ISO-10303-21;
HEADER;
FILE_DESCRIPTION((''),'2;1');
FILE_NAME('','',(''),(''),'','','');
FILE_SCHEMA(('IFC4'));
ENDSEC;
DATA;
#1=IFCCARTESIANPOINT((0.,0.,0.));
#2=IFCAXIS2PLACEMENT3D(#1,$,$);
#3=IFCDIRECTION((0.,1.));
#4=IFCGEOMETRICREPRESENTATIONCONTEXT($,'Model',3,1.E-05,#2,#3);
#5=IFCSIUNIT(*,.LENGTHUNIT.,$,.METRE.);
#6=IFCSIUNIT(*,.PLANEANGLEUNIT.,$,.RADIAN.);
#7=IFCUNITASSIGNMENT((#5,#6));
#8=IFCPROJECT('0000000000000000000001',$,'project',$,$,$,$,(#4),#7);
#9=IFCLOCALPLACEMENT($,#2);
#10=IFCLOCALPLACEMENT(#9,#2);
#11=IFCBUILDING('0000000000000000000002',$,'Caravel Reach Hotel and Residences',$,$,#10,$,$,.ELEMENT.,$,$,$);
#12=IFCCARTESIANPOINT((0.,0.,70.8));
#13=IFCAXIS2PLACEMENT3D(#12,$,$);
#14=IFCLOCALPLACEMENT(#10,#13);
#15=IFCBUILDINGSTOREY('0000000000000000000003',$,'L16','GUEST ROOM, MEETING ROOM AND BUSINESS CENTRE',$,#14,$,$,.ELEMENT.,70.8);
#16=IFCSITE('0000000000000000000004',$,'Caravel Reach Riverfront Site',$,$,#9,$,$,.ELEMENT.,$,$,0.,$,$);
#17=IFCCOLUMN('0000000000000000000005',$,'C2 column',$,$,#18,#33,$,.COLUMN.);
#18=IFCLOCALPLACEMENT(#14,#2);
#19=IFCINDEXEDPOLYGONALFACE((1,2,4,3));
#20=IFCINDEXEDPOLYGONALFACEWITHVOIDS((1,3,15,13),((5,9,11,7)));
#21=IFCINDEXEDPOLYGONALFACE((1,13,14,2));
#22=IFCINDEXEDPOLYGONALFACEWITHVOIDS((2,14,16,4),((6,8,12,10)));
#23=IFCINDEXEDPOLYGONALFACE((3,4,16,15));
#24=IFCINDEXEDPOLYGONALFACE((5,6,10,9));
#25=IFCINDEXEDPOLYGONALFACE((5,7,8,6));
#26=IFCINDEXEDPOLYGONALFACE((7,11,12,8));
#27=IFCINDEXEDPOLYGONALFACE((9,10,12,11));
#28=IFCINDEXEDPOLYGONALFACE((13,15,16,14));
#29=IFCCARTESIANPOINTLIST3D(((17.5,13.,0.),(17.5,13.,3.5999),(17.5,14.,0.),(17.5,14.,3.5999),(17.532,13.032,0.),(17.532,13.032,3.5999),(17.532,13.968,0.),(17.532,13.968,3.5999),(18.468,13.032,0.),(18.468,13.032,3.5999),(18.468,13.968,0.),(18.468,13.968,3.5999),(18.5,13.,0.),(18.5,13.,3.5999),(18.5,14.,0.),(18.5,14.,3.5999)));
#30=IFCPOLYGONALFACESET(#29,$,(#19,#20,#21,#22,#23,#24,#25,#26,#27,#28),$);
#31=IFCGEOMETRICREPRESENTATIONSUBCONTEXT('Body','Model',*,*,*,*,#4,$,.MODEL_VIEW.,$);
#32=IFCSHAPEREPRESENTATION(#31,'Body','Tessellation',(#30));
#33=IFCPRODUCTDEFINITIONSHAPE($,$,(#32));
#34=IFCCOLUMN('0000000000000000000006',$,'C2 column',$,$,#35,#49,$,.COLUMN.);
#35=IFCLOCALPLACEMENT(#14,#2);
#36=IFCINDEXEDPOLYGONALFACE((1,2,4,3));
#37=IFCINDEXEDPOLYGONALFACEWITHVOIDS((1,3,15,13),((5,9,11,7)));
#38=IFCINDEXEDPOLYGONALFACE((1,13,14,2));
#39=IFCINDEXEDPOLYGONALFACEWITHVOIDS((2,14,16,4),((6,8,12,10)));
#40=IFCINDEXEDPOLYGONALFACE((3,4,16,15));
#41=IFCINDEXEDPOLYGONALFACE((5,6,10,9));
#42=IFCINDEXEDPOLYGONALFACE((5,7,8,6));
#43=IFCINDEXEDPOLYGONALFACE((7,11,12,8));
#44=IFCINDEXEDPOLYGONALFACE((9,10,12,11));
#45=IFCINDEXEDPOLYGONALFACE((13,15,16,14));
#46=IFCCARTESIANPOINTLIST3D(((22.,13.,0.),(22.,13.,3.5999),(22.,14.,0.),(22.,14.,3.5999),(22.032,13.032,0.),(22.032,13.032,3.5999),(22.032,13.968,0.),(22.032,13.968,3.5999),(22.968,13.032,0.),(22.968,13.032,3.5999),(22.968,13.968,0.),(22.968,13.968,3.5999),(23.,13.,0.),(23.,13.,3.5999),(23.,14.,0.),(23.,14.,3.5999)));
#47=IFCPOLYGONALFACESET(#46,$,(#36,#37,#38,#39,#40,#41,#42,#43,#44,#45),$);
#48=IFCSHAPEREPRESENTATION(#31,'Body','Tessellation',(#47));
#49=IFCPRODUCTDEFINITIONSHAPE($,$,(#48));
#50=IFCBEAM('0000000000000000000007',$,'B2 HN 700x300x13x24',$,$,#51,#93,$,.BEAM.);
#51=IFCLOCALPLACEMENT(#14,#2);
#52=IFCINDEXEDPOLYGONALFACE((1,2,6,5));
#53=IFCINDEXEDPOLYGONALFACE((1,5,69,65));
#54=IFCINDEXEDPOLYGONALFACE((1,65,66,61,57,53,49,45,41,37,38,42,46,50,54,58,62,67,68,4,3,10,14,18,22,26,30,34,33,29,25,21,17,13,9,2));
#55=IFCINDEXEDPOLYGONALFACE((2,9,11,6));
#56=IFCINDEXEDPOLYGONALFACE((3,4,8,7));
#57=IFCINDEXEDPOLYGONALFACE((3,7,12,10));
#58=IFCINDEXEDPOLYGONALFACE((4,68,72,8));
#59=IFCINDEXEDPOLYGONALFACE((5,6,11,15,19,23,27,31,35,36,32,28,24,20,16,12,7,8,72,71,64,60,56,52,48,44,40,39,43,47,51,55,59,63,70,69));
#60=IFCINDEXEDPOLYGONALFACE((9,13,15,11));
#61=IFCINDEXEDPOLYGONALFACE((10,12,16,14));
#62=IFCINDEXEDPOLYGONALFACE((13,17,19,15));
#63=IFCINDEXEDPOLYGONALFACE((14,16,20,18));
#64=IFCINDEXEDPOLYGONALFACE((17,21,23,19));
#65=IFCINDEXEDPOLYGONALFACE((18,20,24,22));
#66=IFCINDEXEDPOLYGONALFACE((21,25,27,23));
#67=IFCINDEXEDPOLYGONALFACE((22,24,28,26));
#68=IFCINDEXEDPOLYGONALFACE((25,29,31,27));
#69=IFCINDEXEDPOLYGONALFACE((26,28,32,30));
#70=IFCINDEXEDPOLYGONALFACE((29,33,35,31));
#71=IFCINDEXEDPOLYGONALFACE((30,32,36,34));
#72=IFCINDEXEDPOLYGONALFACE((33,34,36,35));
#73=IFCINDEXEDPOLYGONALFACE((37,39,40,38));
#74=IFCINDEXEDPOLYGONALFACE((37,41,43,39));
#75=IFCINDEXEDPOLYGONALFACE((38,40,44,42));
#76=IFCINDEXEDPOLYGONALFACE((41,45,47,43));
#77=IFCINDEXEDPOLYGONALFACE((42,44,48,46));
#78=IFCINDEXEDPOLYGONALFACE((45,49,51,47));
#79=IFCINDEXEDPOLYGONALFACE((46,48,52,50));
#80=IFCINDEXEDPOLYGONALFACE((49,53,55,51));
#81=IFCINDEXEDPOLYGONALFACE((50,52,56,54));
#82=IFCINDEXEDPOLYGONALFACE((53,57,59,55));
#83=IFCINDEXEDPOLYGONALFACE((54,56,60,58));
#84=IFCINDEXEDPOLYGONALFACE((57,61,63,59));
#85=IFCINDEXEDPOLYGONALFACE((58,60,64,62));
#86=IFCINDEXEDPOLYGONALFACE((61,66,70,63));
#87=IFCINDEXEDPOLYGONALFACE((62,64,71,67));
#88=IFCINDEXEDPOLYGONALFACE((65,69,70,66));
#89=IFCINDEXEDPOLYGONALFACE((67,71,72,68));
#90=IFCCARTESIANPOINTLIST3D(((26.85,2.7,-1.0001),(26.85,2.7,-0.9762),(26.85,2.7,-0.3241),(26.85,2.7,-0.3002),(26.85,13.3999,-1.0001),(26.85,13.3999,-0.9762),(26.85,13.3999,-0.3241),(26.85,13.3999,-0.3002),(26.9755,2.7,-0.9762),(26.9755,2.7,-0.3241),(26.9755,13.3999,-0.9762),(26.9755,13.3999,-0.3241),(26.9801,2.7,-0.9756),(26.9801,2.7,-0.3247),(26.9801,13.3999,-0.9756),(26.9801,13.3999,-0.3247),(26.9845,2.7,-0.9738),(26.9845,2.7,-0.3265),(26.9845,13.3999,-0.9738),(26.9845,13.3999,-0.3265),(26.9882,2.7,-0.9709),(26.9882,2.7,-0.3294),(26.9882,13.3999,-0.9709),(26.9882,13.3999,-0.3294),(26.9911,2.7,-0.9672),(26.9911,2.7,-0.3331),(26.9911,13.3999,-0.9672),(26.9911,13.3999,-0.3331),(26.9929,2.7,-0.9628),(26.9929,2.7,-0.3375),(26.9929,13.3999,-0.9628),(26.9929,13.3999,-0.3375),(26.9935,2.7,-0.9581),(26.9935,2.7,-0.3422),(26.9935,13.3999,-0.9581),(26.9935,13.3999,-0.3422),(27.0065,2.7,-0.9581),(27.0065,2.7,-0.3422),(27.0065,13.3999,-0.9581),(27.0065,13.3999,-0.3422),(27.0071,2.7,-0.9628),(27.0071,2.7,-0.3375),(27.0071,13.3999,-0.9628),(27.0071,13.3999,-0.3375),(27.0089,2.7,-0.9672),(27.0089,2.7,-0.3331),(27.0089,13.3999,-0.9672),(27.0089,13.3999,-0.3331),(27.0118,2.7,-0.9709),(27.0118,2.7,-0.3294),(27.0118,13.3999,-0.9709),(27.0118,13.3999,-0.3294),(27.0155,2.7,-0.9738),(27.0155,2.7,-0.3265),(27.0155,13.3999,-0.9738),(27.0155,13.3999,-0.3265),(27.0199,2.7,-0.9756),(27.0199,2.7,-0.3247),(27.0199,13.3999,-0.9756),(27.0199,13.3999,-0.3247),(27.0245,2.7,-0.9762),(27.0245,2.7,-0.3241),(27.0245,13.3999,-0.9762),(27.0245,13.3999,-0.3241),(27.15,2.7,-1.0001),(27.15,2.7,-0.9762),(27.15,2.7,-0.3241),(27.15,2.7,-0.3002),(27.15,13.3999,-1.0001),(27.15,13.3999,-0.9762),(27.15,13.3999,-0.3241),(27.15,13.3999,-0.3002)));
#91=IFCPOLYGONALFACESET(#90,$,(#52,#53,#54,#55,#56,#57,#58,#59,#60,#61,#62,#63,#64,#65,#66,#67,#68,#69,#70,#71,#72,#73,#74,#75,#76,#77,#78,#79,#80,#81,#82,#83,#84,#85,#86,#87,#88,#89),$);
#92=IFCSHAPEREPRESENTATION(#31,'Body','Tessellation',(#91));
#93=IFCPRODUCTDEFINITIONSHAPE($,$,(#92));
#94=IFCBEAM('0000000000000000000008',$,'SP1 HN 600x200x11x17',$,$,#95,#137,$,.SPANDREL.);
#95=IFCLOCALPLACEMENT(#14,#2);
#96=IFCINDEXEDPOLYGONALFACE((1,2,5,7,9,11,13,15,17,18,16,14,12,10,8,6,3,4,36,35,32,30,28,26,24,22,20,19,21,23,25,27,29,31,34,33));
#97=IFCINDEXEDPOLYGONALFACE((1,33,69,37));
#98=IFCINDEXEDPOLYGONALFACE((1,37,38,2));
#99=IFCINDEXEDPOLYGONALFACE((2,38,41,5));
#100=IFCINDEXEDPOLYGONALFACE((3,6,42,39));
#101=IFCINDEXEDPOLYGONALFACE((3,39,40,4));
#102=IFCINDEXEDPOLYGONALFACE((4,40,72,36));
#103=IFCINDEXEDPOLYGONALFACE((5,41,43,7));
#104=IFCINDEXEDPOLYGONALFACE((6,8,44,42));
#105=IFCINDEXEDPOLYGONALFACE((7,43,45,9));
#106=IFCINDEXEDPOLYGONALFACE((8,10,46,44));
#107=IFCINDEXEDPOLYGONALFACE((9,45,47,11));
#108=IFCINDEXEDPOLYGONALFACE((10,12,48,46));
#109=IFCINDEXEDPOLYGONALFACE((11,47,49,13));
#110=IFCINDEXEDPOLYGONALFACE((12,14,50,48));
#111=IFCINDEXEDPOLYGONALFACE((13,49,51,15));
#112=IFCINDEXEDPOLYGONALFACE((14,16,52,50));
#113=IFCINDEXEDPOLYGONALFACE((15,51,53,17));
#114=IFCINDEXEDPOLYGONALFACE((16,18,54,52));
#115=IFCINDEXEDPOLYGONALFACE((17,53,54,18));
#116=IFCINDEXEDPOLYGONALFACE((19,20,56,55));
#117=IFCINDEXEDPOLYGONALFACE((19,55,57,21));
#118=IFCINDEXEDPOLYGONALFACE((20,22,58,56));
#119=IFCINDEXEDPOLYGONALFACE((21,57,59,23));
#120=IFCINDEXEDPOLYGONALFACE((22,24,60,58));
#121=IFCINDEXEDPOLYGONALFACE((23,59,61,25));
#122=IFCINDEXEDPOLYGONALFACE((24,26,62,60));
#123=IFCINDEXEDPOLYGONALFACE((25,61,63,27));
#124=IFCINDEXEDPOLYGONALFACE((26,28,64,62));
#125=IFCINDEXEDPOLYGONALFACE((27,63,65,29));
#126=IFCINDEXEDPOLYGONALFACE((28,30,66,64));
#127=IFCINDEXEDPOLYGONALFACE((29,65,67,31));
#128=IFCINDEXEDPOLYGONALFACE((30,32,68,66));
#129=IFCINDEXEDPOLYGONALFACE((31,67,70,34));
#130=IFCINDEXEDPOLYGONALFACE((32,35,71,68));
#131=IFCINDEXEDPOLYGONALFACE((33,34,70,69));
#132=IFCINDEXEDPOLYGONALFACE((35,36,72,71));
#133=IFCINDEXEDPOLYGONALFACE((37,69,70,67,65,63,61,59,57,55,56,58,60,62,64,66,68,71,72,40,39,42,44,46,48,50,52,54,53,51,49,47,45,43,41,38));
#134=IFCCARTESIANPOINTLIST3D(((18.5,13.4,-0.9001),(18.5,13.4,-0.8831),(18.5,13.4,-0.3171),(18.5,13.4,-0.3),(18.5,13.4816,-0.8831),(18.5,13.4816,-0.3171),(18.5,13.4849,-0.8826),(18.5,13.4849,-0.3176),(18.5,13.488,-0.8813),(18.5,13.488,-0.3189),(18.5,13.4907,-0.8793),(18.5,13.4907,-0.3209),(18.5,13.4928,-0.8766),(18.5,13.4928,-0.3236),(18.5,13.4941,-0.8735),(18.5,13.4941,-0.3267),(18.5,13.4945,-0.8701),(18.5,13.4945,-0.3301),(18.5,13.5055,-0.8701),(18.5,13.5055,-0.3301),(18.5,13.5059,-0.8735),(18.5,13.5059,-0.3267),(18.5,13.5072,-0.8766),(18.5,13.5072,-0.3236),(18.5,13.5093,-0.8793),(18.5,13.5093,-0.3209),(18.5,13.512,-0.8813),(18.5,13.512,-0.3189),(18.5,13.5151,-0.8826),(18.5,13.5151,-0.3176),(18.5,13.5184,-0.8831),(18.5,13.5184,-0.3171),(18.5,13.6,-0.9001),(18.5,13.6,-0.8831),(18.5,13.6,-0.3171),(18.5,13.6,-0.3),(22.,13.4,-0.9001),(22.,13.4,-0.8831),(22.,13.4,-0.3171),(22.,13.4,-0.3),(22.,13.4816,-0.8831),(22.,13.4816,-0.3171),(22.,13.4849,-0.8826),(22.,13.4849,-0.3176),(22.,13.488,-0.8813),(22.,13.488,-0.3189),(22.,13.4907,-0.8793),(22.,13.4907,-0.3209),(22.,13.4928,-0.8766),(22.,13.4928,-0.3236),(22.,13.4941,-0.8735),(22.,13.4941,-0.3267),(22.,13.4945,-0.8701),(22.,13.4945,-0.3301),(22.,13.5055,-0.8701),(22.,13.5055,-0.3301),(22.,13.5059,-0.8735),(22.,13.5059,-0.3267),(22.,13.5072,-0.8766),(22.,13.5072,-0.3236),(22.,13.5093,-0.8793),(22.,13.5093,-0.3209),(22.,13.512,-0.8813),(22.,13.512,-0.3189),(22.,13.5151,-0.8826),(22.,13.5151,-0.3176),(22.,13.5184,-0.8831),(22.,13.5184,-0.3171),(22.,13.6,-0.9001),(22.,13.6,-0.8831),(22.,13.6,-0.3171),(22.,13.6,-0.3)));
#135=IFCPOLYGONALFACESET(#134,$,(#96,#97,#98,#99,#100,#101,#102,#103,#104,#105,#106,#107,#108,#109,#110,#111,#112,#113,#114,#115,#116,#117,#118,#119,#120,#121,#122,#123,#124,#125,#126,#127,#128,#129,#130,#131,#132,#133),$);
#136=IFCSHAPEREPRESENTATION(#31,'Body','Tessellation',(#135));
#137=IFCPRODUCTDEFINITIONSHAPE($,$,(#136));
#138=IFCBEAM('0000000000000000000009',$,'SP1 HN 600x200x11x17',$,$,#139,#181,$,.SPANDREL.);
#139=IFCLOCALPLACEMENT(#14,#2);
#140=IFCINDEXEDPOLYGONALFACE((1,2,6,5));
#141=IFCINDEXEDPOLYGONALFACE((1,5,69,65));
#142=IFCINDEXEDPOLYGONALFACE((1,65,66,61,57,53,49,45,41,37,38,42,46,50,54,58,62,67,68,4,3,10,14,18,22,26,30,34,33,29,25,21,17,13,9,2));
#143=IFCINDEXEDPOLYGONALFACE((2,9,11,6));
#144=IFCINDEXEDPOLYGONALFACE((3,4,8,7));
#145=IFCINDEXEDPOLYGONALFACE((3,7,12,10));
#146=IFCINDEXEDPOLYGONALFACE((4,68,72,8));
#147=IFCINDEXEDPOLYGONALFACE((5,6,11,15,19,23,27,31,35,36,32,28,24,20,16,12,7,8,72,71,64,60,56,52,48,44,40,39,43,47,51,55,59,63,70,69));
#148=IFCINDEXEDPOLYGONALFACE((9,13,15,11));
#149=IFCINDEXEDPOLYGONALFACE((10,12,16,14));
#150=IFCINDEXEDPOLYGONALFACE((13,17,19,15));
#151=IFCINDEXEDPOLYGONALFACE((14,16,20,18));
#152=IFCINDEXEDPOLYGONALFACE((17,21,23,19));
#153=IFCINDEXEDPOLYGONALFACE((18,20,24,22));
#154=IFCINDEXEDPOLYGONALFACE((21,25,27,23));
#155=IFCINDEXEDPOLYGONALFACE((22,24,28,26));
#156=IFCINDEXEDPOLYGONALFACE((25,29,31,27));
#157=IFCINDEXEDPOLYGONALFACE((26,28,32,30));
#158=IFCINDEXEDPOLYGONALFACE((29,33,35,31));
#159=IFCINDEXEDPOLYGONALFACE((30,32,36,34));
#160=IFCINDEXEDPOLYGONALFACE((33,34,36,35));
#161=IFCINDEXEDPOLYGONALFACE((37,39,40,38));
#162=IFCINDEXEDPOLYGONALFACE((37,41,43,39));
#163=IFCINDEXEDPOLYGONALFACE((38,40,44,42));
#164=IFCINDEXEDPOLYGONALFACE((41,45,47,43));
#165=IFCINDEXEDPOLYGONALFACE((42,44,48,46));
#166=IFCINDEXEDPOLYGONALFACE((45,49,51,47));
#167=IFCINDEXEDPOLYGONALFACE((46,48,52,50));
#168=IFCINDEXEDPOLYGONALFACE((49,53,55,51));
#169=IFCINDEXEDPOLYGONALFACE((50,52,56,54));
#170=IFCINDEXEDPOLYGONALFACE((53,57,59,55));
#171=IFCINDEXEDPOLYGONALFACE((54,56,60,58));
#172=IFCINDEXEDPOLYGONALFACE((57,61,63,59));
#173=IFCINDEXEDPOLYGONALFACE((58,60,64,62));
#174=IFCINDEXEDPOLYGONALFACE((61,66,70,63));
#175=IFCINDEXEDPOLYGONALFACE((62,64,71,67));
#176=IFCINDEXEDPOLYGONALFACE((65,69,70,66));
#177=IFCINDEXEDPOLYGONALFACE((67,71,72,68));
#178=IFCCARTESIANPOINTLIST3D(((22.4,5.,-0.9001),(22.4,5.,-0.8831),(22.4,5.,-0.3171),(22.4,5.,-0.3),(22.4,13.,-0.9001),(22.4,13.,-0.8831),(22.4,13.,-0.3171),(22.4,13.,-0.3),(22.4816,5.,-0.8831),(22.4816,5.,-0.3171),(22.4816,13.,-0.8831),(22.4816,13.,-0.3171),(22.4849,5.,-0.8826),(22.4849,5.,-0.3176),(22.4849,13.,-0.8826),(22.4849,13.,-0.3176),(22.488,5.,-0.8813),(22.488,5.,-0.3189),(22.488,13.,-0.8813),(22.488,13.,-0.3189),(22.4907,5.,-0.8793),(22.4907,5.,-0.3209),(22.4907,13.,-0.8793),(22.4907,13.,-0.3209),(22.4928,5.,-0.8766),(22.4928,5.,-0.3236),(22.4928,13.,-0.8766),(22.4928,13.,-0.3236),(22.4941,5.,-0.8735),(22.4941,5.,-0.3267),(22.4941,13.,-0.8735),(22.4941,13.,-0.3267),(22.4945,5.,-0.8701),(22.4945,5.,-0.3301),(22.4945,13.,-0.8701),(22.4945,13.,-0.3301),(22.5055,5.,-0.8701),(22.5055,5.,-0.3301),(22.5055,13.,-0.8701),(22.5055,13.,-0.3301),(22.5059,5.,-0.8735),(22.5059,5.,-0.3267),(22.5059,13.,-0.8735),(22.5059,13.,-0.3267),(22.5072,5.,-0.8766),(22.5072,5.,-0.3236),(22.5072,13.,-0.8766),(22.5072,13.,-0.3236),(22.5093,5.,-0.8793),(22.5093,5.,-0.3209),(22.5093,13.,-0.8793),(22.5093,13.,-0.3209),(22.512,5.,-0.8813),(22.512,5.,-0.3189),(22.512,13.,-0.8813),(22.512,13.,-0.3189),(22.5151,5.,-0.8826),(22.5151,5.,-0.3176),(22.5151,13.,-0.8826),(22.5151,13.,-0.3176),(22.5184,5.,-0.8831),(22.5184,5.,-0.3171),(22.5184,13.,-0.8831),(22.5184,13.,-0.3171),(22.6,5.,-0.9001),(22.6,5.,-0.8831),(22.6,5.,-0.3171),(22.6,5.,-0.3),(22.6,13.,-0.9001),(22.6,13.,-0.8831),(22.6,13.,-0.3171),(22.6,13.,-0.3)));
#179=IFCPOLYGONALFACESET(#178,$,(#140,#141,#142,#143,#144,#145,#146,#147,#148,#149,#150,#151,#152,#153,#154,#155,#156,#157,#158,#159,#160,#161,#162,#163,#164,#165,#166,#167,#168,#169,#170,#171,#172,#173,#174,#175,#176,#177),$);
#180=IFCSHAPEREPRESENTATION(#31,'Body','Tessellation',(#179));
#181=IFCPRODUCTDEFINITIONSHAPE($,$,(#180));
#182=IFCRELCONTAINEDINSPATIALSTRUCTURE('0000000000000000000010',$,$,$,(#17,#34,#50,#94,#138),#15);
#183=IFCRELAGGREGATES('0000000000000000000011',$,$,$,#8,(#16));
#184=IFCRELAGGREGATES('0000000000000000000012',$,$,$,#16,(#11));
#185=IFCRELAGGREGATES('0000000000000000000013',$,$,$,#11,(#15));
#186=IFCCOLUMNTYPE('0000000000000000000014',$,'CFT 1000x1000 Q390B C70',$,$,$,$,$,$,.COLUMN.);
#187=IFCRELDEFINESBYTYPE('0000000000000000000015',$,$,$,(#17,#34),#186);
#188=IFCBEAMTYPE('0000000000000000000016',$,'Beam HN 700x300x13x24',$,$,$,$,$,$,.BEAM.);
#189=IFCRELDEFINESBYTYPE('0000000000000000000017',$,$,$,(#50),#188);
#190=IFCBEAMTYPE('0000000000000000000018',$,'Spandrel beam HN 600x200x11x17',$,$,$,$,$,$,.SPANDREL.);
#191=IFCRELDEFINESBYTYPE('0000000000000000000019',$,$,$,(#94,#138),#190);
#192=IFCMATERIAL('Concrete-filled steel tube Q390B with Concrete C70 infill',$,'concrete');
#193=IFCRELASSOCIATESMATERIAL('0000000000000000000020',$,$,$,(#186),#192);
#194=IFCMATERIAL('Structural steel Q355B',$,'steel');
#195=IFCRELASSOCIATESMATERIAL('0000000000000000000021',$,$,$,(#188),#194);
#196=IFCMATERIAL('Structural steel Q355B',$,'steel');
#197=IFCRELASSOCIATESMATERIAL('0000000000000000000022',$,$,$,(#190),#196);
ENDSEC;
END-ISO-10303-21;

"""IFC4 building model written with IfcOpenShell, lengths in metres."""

from ifc_helpers import new_model, si_unit, direction, frame, origin, origin_2d, place, context, subcontext, project, spatial, hollow_rectangle, i_section, extrude, material, material_profile, profile_set, type_object, element, save


model = new_model("IFC4")

# Units and contexts
model_context = context("Model", 3, precision=1e-05, world=origin(), true_north=direction((0.0, 1.0)))
body_context = subcontext(model_context, "Body", "Model", "MODEL_VIEW")
ifc_project = project(units=[si_unit("LENGTHUNIT", "METRE"), si_unit("PLANEANGLEUNIT", "RADIAN")], contexts=[model_context])

# Site, building, storey
site_placement = place(None, origin())
site = spatial("IfcSite", under=ifc_project, at=site_placement, Name="Caravel Reach Riverfront Site", CompositionType="ELEMENT", RefElevation=0.0)
building_placement = place(site_placement, origin())
building = spatial("IfcBuilding", under=site, at=building_placement, Name="Caravel Reach Hotel and Residences", CompositionType="ELEMENT")
storey_placement = place(building_placement, frame((0.0, 0.0, 70.8)))
storey = spatial("IfcBuildingStorey", under=building, at=storey_placement, Name="L16", Description="GUEST ROOM, MEETING ROOM AND BUSINESS CENTRE", CompositionType="ELEMENT", Elevation=70.8)

# Columns
ifc_material_1 = material(Name="Concrete-filled steel tube Q390B with Concrete C70 infill", Category="concrete")
ifc_material_profile_1 = material_profile(ifc_material_1, hollow_rectangle(XDim=1.0, YDim=1.0, WallThickness=0.032, at=origin_2d()), Name="RHS 1000x1000x32")
ifc_profile_set_1 = profile_set([ifc_material_profile_1], Name="Concrete-filled steel tube Q390B with Concrete C70 infill")
column_type = type_object("IfcColumnType", Name="CFT 1000x1000 Q390B C70", PredefinedType="COLUMN", material=ifc_profile_set_1)
for number, where, z_axis, x_axis, name in (
    (1, (18.0, 13.5, 0.0), (0.0, 0.0, 1.0), (1.0, 0.0, 0.0), "C2 column"),
    (2, (22.5, 13.5, 0.0), (0.0, 0.0, 1.0), (1.0, 0.0, 0.0), "C2 column"),
):
    element("IfcColumn", number, at=place(storey_placement, frame(where, z_axis=z_axis, x_axis=x_axis)), inside=storey, type_object=column_type, Name=name, PredefinedType="COLUMN", context=body_context, shape_type="SweptSolid", body=[
        extrude(hollow_rectangle(XDim=1.0, YDim=1.0, WallThickness=0.032, at=origin_2d()), origin(), (0.0, 0.0, 1.0), 3.5999),
    ])

# Beams
ifc_material_2 = material(Name="Structural steel Q355B", Category="steel")
ifc_material_profile_2 = material_profile(ifc_material_2, i_section(OverallWidth=0.3, OverallDepth=0.7, WebThickness=0.0129, FlangeThickness=0.0239, FilletRadius=0.0181, at=origin_2d()), Name="HN 700x300x13x24")
ifc_profile_set_2 = profile_set([ifc_material_profile_2], Name="Structural steel Q355B")
beam_type_1 = type_object("IfcBeamType", Name="Beam HN 700x300x13x24", PredefinedType="BEAM", material=ifc_profile_set_2)
beam_1_placement = place(storey_placement, frame((27.0, 13.3999, -0.6501), z_axis=(0.0, -1.0, 0.0), x_axis=(1.0, 0.0, 0.0)))
element("IfcBeam", 3, at=beam_1_placement, inside=storey, type_object=beam_type_1, Name="B2 HN 700x300x13x24", PredefinedType="BEAM", context=body_context, shape_type="SweptSolid", body=[
    extrude(i_section(OverallWidth=0.3, OverallDepth=0.7, WebThickness=0.0129, FlangeThickness=0.0239, FilletRadius=0.0181, at=origin_2d()), origin(), (0.0, 0.0, 1.0), 10.7),
])
ifc_material_3 = material(Name="Structural steel Q355B", Category="steel")
ifc_material_profile_3 = material_profile(ifc_material_3, i_section(OverallWidth=0.2, OverallDepth=0.6001, WebThickness=0.011, FlangeThickness=0.0171, FilletRadius=0.0129, at=origin_2d()), Name="HN 600x200x11x17")
ifc_profile_set_3 = profile_set([ifc_material_profile_3], Name="Structural steel Q355B")
beam_type_2 = type_object("IfcBeamType", Name="Spandrel beam HN 600x200x11x17", PredefinedType="SPANDREL", material=ifc_profile_set_3)
beam_2_placement = place(storey_placement, frame((18.5, 13.5, -0.6001), z_axis=(1.0, 0.0, 0.0), x_axis=(0.0, 1.0, 0.0)))
element("IfcBeam", 4, at=beam_2_placement, inside=storey, type_object=beam_type_2, Name="SP1 HN 600x200x11x17", PredefinedType="SPANDREL", context=body_context, shape_type="SweptSolid", body=[
    extrude(i_section(OverallWidth=0.2, OverallDepth=0.6001, WebThickness=0.011, FlangeThickness=0.0171, FilletRadius=0.0129, at=origin_2d()), origin(), (0.0, 0.0, 1.0), 3.5),
])
beam_3_placement = place(storey_placement, frame((22.5, 13.0, -0.6001), z_axis=(0.0, -1.0, 0.0), x_axis=(1.0, 0.0, 0.0)))
element("IfcBeam", 5, at=beam_3_placement, inside=storey, type_object=beam_type_2, Name="SP1 HN 600x200x11x17", PredefinedType="SPANDREL", context=body_context, shape_type="SweptSolid", body=[
    extrude(i_section(OverallWidth=0.2, OverallDepth=0.6001, WebThickness=0.011, FlangeThickness=0.0171, FilletRadius=0.0129, at=origin_2d()), origin(), (0.0, 0.0, 1.0), 8.0),
])

save(model, "model.ifc")
